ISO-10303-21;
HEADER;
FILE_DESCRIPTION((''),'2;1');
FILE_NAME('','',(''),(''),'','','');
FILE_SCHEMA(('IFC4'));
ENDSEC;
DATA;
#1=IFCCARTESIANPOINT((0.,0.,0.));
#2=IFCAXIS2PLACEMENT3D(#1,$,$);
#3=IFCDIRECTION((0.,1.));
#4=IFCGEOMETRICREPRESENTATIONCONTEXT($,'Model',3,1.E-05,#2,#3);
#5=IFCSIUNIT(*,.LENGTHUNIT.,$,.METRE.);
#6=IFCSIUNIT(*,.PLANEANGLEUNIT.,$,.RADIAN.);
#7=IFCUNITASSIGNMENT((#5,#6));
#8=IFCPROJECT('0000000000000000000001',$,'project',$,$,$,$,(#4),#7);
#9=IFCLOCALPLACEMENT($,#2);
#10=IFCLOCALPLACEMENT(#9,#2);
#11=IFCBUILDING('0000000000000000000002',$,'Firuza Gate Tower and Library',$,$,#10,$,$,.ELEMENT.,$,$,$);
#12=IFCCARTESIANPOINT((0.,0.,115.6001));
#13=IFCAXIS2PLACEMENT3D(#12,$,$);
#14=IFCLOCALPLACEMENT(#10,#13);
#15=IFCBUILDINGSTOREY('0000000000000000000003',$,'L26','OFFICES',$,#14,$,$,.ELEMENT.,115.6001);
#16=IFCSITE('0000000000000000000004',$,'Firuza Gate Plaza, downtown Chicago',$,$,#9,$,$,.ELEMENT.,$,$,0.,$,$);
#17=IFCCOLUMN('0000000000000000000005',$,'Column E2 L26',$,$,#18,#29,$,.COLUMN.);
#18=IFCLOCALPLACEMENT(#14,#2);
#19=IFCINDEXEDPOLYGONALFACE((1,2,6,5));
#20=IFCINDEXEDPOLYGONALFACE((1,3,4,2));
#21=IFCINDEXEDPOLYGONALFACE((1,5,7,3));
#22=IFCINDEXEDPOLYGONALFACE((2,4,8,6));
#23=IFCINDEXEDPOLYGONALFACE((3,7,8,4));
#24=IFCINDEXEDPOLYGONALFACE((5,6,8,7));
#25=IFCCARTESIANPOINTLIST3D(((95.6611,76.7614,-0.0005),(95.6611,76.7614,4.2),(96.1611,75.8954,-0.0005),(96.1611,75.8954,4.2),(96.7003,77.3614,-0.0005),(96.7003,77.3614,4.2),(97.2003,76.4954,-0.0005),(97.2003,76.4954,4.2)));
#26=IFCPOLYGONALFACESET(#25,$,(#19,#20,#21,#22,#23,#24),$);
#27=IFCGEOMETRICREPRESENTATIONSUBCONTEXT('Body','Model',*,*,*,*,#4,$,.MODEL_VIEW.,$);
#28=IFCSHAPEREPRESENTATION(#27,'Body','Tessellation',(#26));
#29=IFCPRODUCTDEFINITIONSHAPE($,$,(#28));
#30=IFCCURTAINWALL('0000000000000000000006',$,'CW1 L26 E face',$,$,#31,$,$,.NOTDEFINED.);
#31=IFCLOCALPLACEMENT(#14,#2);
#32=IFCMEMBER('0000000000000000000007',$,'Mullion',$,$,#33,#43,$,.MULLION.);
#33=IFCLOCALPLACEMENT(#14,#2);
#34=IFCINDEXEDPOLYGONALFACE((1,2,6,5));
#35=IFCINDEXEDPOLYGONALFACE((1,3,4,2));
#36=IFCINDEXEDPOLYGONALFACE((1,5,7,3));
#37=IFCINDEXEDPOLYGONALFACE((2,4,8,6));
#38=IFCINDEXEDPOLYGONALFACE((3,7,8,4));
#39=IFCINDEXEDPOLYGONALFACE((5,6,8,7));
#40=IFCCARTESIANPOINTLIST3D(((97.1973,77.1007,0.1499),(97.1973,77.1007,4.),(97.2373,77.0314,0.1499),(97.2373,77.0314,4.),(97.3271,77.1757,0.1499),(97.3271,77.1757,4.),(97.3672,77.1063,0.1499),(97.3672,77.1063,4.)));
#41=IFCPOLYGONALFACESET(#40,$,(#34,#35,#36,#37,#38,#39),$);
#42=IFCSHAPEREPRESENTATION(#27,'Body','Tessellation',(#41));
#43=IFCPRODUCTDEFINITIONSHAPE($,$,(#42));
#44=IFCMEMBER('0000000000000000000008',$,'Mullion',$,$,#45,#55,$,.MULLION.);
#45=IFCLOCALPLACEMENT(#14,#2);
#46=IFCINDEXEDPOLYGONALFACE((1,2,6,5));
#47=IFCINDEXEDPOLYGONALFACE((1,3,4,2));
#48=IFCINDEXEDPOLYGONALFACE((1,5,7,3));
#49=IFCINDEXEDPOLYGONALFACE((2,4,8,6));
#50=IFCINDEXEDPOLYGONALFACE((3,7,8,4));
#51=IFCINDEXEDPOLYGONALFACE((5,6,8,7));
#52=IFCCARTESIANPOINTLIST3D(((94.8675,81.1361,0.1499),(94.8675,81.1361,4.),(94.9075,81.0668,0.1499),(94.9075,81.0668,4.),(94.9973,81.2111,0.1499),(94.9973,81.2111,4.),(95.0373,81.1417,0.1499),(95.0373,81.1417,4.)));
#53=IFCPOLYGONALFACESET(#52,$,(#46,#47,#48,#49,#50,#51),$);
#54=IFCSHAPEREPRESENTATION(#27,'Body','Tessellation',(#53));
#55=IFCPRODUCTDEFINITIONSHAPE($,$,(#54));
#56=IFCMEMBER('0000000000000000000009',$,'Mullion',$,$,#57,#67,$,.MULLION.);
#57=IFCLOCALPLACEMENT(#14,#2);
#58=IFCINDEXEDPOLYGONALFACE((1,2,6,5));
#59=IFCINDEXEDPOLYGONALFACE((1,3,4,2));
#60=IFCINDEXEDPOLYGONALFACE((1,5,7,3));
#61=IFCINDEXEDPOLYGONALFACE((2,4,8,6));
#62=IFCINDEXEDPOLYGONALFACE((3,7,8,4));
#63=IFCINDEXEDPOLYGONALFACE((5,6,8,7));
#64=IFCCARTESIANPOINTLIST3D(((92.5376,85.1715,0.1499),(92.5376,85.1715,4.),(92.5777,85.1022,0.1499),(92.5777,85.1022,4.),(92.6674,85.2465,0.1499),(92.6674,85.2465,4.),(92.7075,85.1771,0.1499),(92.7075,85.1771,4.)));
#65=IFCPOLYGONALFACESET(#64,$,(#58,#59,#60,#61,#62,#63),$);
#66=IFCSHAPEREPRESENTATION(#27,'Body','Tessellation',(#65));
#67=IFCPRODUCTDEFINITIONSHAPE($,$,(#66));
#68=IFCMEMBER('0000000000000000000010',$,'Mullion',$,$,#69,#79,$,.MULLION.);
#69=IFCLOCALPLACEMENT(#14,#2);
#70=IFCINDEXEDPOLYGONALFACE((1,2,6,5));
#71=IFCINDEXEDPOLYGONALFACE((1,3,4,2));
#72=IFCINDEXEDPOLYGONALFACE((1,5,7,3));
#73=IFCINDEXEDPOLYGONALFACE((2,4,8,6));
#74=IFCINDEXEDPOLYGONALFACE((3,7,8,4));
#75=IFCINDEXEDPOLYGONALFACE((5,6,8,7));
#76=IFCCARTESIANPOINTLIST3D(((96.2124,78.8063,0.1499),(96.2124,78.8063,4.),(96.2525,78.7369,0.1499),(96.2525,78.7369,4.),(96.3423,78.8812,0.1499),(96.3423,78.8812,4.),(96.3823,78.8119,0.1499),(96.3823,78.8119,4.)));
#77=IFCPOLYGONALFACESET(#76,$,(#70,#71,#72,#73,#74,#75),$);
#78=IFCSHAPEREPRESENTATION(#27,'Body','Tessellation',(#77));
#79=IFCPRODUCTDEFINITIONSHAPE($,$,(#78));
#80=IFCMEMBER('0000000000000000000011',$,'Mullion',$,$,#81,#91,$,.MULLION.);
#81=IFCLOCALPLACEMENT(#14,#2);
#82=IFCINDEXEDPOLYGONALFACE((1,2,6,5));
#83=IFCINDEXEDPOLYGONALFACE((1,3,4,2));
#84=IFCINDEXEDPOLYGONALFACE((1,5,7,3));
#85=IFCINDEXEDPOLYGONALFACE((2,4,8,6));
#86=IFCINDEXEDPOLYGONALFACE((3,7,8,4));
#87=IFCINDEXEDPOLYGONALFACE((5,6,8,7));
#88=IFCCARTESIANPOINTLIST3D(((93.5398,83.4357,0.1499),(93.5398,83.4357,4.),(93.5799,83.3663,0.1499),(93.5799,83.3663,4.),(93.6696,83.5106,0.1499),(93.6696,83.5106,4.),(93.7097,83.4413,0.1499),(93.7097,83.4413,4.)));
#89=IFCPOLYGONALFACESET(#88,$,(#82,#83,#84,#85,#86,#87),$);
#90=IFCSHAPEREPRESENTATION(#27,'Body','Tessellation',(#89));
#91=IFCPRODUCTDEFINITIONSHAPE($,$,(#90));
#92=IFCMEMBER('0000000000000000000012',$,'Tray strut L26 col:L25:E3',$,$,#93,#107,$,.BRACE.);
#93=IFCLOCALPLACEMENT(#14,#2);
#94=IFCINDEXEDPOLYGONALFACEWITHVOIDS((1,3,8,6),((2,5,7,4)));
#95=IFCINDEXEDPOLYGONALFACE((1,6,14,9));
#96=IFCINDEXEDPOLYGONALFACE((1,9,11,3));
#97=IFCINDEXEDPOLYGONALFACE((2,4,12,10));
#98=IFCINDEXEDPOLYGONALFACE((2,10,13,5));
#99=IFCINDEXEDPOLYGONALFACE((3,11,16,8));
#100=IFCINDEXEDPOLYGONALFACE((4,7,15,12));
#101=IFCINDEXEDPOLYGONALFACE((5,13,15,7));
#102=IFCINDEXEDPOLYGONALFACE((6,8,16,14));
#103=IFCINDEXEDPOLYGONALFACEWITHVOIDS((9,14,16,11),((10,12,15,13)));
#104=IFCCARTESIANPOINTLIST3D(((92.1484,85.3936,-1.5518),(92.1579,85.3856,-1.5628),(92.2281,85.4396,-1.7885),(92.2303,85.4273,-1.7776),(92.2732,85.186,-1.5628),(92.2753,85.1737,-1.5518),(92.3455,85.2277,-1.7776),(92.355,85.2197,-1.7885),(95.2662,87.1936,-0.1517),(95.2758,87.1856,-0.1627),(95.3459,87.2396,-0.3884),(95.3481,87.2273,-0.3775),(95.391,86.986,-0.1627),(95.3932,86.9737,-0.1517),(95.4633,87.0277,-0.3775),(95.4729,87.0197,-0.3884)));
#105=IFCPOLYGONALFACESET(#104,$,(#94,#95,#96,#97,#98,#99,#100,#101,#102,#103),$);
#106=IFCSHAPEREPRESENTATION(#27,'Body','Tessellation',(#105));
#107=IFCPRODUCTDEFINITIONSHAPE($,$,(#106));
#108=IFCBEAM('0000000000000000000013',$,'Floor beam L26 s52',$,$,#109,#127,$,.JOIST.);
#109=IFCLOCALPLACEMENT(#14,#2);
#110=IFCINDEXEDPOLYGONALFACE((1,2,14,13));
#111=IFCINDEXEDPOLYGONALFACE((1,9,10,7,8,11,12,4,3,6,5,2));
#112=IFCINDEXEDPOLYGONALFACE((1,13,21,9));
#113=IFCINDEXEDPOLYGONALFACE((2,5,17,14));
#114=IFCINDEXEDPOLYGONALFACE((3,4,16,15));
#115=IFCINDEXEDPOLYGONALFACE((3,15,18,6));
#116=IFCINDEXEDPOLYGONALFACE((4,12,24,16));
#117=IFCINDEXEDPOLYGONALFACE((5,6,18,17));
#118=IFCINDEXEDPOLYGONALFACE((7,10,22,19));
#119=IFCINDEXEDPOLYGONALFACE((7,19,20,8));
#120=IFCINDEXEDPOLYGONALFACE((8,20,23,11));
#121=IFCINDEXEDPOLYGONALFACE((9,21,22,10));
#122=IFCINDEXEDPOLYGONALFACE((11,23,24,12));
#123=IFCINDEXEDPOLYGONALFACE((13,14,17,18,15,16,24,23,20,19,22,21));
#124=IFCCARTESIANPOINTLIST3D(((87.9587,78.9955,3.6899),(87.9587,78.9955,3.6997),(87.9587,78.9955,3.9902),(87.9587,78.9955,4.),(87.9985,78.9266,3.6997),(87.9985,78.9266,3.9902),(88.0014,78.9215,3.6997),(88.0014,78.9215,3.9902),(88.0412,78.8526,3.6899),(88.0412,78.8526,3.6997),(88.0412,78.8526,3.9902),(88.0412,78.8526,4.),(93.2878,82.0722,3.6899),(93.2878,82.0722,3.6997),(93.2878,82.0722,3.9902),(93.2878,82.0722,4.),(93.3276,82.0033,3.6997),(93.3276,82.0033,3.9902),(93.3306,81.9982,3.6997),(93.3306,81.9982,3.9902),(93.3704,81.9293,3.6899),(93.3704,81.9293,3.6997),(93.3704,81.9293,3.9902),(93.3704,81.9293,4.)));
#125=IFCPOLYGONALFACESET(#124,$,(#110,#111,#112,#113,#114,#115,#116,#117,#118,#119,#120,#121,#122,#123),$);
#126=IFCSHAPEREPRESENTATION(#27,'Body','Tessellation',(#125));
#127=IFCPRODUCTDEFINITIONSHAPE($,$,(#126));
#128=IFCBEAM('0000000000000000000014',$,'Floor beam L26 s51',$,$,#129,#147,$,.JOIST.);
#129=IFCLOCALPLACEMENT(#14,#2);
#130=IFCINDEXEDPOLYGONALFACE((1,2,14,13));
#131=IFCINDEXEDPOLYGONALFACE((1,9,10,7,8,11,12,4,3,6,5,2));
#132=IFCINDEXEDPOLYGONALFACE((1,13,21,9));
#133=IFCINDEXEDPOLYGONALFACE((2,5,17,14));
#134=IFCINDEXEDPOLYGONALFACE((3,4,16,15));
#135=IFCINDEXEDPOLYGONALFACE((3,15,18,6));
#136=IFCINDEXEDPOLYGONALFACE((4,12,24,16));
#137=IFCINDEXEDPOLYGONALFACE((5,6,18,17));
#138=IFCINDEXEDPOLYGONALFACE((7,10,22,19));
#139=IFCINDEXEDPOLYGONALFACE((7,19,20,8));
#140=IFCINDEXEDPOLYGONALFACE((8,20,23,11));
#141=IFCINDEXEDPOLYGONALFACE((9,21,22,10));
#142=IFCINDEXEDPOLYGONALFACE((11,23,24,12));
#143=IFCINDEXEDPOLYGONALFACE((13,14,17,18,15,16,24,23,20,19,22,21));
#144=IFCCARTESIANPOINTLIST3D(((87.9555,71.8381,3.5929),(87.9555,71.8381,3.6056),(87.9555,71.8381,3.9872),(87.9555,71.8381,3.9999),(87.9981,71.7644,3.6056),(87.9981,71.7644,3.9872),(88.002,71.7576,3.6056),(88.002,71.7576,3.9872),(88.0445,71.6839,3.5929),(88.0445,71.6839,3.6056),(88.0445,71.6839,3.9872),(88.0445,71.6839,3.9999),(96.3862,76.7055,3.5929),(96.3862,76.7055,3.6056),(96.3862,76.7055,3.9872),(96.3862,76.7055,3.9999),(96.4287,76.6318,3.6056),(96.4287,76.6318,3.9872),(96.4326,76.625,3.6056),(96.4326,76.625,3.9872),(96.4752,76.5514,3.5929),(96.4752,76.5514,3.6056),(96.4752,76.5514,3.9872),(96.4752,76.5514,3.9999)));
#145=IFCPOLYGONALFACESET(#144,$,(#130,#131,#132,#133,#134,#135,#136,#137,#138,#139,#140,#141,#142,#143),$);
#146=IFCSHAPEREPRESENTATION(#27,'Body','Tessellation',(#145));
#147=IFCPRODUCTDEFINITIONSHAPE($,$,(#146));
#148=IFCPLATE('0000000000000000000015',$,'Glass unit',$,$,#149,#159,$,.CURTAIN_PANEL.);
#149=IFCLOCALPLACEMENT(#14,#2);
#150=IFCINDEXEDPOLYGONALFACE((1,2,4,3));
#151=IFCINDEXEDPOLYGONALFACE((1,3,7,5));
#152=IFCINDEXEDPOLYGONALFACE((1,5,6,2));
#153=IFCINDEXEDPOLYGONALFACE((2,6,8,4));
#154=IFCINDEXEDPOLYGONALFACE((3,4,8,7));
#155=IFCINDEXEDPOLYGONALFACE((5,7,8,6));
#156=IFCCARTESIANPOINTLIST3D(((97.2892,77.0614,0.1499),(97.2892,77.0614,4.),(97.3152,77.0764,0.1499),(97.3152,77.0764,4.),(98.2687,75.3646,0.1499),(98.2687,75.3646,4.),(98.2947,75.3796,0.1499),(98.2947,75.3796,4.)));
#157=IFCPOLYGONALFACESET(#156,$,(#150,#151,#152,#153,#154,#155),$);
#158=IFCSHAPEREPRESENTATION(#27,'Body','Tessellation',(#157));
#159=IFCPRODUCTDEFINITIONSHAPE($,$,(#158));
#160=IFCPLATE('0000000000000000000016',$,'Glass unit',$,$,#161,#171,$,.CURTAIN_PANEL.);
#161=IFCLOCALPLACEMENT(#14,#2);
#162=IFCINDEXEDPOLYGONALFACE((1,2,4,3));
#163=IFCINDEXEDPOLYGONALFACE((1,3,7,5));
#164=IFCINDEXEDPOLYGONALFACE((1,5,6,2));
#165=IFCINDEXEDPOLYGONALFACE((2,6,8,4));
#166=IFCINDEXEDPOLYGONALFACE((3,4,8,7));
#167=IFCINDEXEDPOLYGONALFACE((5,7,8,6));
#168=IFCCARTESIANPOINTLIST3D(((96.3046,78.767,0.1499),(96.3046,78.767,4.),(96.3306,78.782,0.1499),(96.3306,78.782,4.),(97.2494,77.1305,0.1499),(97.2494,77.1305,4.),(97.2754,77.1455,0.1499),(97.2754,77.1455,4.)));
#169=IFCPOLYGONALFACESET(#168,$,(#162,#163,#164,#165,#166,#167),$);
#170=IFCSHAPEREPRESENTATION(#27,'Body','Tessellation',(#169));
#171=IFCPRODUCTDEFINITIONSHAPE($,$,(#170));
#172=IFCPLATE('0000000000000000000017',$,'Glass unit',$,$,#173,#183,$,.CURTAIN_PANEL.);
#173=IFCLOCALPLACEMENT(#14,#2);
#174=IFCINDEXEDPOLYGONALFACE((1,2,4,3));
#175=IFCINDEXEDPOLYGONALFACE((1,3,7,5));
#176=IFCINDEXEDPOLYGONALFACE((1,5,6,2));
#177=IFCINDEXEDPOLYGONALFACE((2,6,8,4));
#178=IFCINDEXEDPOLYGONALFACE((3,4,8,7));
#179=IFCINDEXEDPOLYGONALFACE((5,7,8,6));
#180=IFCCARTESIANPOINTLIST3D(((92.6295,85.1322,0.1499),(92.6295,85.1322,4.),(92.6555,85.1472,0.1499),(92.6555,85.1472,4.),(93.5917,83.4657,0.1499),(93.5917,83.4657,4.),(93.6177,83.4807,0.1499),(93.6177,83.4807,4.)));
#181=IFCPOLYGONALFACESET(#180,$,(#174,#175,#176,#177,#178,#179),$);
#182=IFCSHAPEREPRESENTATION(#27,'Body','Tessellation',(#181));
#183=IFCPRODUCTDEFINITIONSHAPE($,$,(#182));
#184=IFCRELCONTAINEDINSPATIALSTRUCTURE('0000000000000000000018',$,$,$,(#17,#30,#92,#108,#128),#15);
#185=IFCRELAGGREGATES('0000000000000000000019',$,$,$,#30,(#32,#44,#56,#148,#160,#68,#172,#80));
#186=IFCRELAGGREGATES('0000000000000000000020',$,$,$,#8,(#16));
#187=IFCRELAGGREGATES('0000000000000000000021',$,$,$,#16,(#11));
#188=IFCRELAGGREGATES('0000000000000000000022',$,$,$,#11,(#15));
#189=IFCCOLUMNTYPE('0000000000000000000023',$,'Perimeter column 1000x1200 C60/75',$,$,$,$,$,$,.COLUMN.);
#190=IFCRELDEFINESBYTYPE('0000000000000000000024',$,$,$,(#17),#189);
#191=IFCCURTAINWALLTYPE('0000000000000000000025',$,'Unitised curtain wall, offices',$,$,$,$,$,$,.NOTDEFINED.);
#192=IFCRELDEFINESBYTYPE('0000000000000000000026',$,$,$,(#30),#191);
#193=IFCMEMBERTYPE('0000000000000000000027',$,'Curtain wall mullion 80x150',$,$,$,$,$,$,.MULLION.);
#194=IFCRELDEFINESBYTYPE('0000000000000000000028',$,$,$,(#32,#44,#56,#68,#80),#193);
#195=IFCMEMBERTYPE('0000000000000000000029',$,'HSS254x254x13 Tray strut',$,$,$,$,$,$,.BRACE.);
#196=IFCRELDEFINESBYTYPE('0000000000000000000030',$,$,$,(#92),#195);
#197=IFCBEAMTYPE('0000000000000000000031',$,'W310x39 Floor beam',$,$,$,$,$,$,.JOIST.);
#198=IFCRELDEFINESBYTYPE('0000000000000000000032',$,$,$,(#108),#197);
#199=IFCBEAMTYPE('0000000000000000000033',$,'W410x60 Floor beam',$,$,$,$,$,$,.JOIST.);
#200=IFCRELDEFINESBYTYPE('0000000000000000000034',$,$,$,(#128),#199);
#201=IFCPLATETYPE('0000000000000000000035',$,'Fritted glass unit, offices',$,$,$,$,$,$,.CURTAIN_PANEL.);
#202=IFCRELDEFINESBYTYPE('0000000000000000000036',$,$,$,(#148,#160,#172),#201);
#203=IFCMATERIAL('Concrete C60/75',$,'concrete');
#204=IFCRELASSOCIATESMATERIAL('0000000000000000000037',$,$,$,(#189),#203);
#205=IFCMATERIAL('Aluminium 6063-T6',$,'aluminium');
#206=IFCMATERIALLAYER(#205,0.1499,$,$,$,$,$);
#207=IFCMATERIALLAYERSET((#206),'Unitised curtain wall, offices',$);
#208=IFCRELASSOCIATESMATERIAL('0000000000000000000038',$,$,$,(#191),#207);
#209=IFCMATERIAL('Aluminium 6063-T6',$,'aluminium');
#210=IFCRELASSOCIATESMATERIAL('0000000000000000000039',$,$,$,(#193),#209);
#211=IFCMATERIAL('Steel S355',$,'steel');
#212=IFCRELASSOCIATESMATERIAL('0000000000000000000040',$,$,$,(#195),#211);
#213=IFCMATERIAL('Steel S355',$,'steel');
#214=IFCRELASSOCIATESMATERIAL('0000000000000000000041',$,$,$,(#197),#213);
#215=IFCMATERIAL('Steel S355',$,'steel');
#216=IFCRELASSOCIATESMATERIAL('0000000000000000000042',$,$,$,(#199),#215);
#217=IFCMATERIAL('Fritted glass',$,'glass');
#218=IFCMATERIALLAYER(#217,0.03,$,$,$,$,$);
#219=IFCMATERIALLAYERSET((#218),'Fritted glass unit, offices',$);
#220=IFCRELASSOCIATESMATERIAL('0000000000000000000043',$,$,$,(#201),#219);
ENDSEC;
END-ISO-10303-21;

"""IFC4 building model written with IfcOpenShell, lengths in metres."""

from ifc_helpers import new_model, si_unit, direction, frame, origin, origin_2d, place, context, subcontext, project, spatial, polyline, rectangle, hollow_rectangle, i_section, outline, extrude, material, layer, layer_set, material_profile, profile_set, type_object, element, aggregate, save


model = new_model("IFC4")

# Units and contexts
model_context = context("Model", 3, precision=1e-05, world=origin(), true_north=direction((0.0, 1.0)))
body_context = subcontext(model_context, "Body", "Model", "MODEL_VIEW")
ifc_project = project(units=[si_unit("LENGTHUNIT", "METRE"), si_unit("PLANEANGLEUNIT", "RADIAN")], contexts=[model_context])

# Site, building, storey
site_placement = place(None, origin())
site = spatial("IfcSite", under=ifc_project, at=site_placement, Name="Firuza Gate Plaza, downtown Chicago", CompositionType="ELEMENT", RefElevation=0.0)
building_placement = place(site_placement, origin())
building = spatial("IfcBuilding", under=site, at=building_placement, Name="Firuza Gate Tower and Library", CompositionType="ELEMENT")
storey_placement = place(building_placement, frame((0.0, 0.0, 115.6001)))
storey = spatial("IfcBuildingStorey", under=building, at=storey_placement, Name="L26", Description="OFFICES", CompositionType="ELEMENT", Elevation=115.6001)

# Column
ifc_material_1 = material(Name="Concrete C60/75", Category="concrete")
ifc_material_profile_1 = material_profile(ifc_material_1, rectangle(XDim=1.0, YDim=1.2, at=origin_2d()))
ifc_profile_set_1 = profile_set([ifc_material_profile_1], Name="Concrete C60/75")
column_type = type_object("IfcColumnType", Name="Perimeter column 1000x1200 C60/75", PredefinedType="COLUMN", material=ifc_profile_set_1)
column_placement = place(storey_placement, frame((96.4307, 76.6284, -0.0005), z_axis=(0.0, 0.0, 1.0), x_axis=(-0.5, 0.866025, 0.0)))
element("IfcColumn", 1, at=column_placement, inside=storey, type_object=column_type, Name="Column E2 L26", PredefinedType="COLUMN", context=body_context, shape_type="SweptSolid", body=[
    extrude(rectangle(XDim=1.0, YDim=1.2, at=origin_2d()), origin(), (0.0, 0.0, 1.0), 4.2004),
])

# Curtain wall, members
ifc_material_2 = material(Name="Aluminium 6063-T6", Category="aluminium")
ifc_layer_1 = layer(ifc_material_2, 0.1499)
ifc_layer_set_1 = layer_set([ifc_layer_1], Name="Unitised curtain wall, offices")
curtain_wall_type = type_object("IfcCurtainWallType", Name="Unitised curtain wall, offices", PredefinedType="NOTDEFINED", material=ifc_layer_set_1)
curtain_wall_placement = place(storey_placement, origin())
curtain_wall = element("IfcCurtainWall", 2, at=curtain_wall_placement, inside=storey, type_object=curtain_wall_type, Name="CW1 L26 E face", PredefinedType="NOTDEFINED")
ifc_material_3 = material(Name="Aluminium 6063-T6", Category="aluminium")
ifc_material_profile_2 = material_profile(ifc_material_3, rectangle(XDim=0.1499, YDim=0.0801, at=origin_2d()))
ifc_profile_set_2 = profile_set([ifc_material_profile_2], Name="Aluminium 6063-T6")
member_type_1 = type_object("IfcMemberType", Name="Curtain wall mullion 80x150", PredefinedType="MULLION", material=ifc_profile_set_2)
member_1_placement = place(storey_placement, frame((97.2822, 77.1035, 0.1499), z_axis=(0.0, 0.0, 1.0), x_axis=(-0.866025, -0.5, 0.0)))
member_1 = element("IfcMember", 3, at=member_1_placement, type_object=member_type_1, Name="Mullion", PredefinedType="MULLION", context=body_context, shape_type="SweptSolid", body=[
    extrude(rectangle(XDim=0.1499, YDim=0.0801, at=origin_2d()), origin(), (0.0, 0.0, 1.0), 3.8501),
])
member_2_placement = place(storey_placement, frame((94.9524, 81.1389, 0.1499), z_axis=(0.0, 0.0, 1.0), x_axis=(-0.866025, -0.5, 0.0)))
member_2 = element("IfcMember", 4, at=member_2_placement, type_object=member_type_1, Name="Mullion", PredefinedType="MULLION", context=body_context, shape_type="SweptSolid", body=[
    extrude(rectangle(XDim=0.1499, YDim=0.0801, at=origin_2d()), origin(), (0.0, 0.0, 1.0), 3.8501),
])
member_3_placement = place(storey_placement, frame((92.6226, 85.1743, 0.1499), z_axis=(0.0, 0.0, 1.0), x_axis=(-0.866025, -0.5, 0.0)))
member_3 = element("IfcMember", 5, at=member_3_placement, type_object=member_type_1, Name="Mullion", PredefinedType="MULLION", context=body_context, shape_type="SweptSolid", body=[
    extrude(rectangle(XDim=0.1499, YDim=0.0801, at=origin_2d()), origin(), (0.0, 0.0, 1.0), 3.8501),
])
member_4_placement = place(storey_placement, frame((96.2974, 78.8091, 0.1499), z_axis=(0.0, 0.0, 1.0), x_axis=(-0.866025, -0.5, 0.0)))
member_4 = element("IfcMember", 6, at=member_4_placement, type_object=member_type_1, Name="Mullion", PredefinedType="MULLION", context=body_context, shape_type="SweptSolid", body=[
    extrude(rectangle(XDim=0.1499, YDim=0.0801, at=origin_2d()), origin(), (0.0, 0.0, 1.0), 3.8501),
])
member_5_placement = place(storey_placement, frame((93.6248, 83.4385, 0.1499), z_axis=(0.0, 0.0, 1.0), x_axis=(-0.866025, -0.5, 0.0)))
member_5 = element("IfcMember", 7, at=member_5_placement, type_object=member_type_1, Name="Mullion", PredefinedType="MULLION", context=body_context, shape_type="SweptSolid", body=[
    extrude(rectangle(XDim=0.1499, YDim=0.0801, at=origin_2d()), origin(), (0.0, 0.0, 1.0), 3.8501),
])

# Member
ifc_material_4 = material(Name="Steel S355", Category="steel")
ifc_material_profile_3 = material_profile(ifc_material_4, hollow_rectangle(XDim=0.2539, YDim=0.2539, WallThickness=0.0117, at=origin_2d()))
ifc_profile_set_3 = profile_set([ifc_material_profile_3], Name="Steel S355")
member_type_2 = type_object("IfcMemberType", Name="HSS254x254x13 Tray strut", PredefinedType="BRACE", material=ifc_profile_set_3)
member_6_placement = place(storey_placement, frame((92.2517, 85.3066, -1.6702), z_axis=(0.807144, 0.465984, 0.36246), x_axis=(-0.499983, 0.866035, 0.0)))
element("IfcMember", 8, at=member_6_placement, inside=storey, type_object=member_type_2, Name="Tray strut L26 col:L25:E3", PredefinedType="BRACE", context=body_context, shape_type="SweptSolid", body=[
    extrude(hollow_rectangle(XDim=0.2539, YDim=0.2539, WallThickness=0.0117, at=origin_2d()), origin(), (0.0, 0.0, 1.0), 3.8628),
])

# Beams
ifc_material_5 = material(Name="Steel S355", Category="steel")
ifc_material_profile_4 = material_profile(ifc_material_5, i_section(OverallWidth=0.165, OverallDepth=0.3101, WebThickness=0.0059, FlangeThickness=0.0098, at=origin_2d()))
ifc_profile_set_4 = profile_set([ifc_material_profile_4], Name="Steel S355")
beam_type_1 = type_object("IfcBeamType", Name="W310x39 Floor beam", PredefinedType="JOIST", material=ifc_profile_set_4)
beam_1_placement = place(storey_placement, frame((93.3291, 82.0007, 3.845), z_axis=(-0.866032, -0.499988, 0.0), x_axis=(0.499988, -0.866032, 0.0)))
element("IfcBeam", 9, at=beam_1_placement, inside=storey, type_object=beam_type_1, Name="Floor beam L26 s52", PredefinedType="JOIST", context=body_context, shape_type="SweptSolid", body=[
    extrude(i_section(OverallWidth=0.165, OverallDepth=0.3101, WebThickness=0.0059, FlangeThickness=0.0098, at=origin_2d()), origin(), (0.0, 0.0, 1.0), 6.1536),
])
ifc_material_6 = material(Name="Steel S355", Category="steel")
ifc_material_profile_5 = material_profile(ifc_material_6, i_section(OverallWidth=0.178, OverallDepth=0.407, WebThickness=0.0078, FlangeThickness=0.0127, at=origin_2d()))
ifc_profile_set_5 = profile_set([ifc_material_profile_5], Name="Steel S355")
beam_type_2 = type_object("IfcBeamType", Name="W410x60 Floor beam", PredefinedType="JOIST", material=ifc_profile_set_5)
beam_2_placement = place(storey_placement, frame((96.4307, 76.6284, 3.7964), z_axis=(-0.866026, -0.499999, 0.0), x_axis=(0.499999, -0.866026, 0.0)))
element("IfcBeam", 10, at=beam_2_placement, inside=storey, type_object=beam_type_2, Name="Floor beam L26 s51", PredefinedType="JOIST", context=body_context, shape_type="SweptSolid", body=[
    extrude(i_section(OverallWidth=0.178, OverallDepth=0.407, WebThickness=0.0078, FlangeThickness=0.0127, at=origin_2d()), origin(), (0.0, 0.0, 1.0), 9.7349),
])

# Plates
ifc_material_7 = material(Name="Fritted glass", Category="glass")
ifc_layer_2 = layer(ifc_material_7, 0.03)
ifc_layer_set_2 = layer_set([ifc_layer_2], Name="Fritted glass unit, offices")
plate_type_1 = type_object("IfcPlateType", Name="Fritted glass unit, offices", PredefinedType="CURTAIN_PANEL", material=ifc_layer_set_2)
plate_1_placement = place(storey_placement, frame((98.2947, 75.3796, 0.1499), z_axis=(0.866057, 0.499945, 0.0), x_axis=(-0.499945, 0.866057, 0.0)))
plate_1 = element("IfcPlate", 11, at=plate_1_placement, type_object=plate_type_1, Name="Glass unit", PredefinedType="CURTAIN_PANEL", context=body_context, shape_type="SweptSolid", body=[
    extrude(outline(polyline([(0.0, 0.0), (1.9592, 0.0), (1.9592, 3.8501), (0.0, 3.8501), (0.0, 0.0)])), origin(), (0.0, 0.0, -1.0), 0.03),
])
plate_2_placement = place(storey_placement, frame((97.2754, 77.1455, 0.1499), z_axis=(0.866024, 0.500002, 0.0), x_axis=(-0.500002, 0.866024, 0.0)))
plate_2 = element("IfcPlate", 12, at=plate_2_placement, type_object=plate_type_1, Name="Glass unit", PredefinedType="CURTAIN_PANEL", context=body_context, shape_type="SweptSolid", body=[
    extrude(outline(polyline([(0.0, 0.0), (1.8896, 0.0), (1.8896, 3.8501), (0.0, 3.8501), (0.0, 0.0)])), origin(), (0.0, 0.0, -1.0), 0.03),
])
plate_3_placement = place(storey_placement, frame((93.6177, 83.4807, 0.1499), z_axis=(0.866025, 0.500001, 0.0), x_axis=(-0.500001, 0.866025, 0.0)))
plate_3 = element("IfcPlate", 13, at=plate_3_placement, type_object=plate_type_1, Name="Glass unit", PredefinedType="CURTAIN_PANEL", context=body_context, shape_type="SweptSolid", body=[
    extrude(outline(polyline([(0.0, 0.0), (1.9243, 0.0), (1.9243, 3.8501), (0.0, 3.8501), (0.0, 0.0)])), origin(), (0.0, 0.0, -1.0), 0.03),
])
aggregate(curtain_wall, [member_1, member_2, member_3, plate_1, plate_2, member_4, plate_3, member_5])

save(model, "model.ifc")
